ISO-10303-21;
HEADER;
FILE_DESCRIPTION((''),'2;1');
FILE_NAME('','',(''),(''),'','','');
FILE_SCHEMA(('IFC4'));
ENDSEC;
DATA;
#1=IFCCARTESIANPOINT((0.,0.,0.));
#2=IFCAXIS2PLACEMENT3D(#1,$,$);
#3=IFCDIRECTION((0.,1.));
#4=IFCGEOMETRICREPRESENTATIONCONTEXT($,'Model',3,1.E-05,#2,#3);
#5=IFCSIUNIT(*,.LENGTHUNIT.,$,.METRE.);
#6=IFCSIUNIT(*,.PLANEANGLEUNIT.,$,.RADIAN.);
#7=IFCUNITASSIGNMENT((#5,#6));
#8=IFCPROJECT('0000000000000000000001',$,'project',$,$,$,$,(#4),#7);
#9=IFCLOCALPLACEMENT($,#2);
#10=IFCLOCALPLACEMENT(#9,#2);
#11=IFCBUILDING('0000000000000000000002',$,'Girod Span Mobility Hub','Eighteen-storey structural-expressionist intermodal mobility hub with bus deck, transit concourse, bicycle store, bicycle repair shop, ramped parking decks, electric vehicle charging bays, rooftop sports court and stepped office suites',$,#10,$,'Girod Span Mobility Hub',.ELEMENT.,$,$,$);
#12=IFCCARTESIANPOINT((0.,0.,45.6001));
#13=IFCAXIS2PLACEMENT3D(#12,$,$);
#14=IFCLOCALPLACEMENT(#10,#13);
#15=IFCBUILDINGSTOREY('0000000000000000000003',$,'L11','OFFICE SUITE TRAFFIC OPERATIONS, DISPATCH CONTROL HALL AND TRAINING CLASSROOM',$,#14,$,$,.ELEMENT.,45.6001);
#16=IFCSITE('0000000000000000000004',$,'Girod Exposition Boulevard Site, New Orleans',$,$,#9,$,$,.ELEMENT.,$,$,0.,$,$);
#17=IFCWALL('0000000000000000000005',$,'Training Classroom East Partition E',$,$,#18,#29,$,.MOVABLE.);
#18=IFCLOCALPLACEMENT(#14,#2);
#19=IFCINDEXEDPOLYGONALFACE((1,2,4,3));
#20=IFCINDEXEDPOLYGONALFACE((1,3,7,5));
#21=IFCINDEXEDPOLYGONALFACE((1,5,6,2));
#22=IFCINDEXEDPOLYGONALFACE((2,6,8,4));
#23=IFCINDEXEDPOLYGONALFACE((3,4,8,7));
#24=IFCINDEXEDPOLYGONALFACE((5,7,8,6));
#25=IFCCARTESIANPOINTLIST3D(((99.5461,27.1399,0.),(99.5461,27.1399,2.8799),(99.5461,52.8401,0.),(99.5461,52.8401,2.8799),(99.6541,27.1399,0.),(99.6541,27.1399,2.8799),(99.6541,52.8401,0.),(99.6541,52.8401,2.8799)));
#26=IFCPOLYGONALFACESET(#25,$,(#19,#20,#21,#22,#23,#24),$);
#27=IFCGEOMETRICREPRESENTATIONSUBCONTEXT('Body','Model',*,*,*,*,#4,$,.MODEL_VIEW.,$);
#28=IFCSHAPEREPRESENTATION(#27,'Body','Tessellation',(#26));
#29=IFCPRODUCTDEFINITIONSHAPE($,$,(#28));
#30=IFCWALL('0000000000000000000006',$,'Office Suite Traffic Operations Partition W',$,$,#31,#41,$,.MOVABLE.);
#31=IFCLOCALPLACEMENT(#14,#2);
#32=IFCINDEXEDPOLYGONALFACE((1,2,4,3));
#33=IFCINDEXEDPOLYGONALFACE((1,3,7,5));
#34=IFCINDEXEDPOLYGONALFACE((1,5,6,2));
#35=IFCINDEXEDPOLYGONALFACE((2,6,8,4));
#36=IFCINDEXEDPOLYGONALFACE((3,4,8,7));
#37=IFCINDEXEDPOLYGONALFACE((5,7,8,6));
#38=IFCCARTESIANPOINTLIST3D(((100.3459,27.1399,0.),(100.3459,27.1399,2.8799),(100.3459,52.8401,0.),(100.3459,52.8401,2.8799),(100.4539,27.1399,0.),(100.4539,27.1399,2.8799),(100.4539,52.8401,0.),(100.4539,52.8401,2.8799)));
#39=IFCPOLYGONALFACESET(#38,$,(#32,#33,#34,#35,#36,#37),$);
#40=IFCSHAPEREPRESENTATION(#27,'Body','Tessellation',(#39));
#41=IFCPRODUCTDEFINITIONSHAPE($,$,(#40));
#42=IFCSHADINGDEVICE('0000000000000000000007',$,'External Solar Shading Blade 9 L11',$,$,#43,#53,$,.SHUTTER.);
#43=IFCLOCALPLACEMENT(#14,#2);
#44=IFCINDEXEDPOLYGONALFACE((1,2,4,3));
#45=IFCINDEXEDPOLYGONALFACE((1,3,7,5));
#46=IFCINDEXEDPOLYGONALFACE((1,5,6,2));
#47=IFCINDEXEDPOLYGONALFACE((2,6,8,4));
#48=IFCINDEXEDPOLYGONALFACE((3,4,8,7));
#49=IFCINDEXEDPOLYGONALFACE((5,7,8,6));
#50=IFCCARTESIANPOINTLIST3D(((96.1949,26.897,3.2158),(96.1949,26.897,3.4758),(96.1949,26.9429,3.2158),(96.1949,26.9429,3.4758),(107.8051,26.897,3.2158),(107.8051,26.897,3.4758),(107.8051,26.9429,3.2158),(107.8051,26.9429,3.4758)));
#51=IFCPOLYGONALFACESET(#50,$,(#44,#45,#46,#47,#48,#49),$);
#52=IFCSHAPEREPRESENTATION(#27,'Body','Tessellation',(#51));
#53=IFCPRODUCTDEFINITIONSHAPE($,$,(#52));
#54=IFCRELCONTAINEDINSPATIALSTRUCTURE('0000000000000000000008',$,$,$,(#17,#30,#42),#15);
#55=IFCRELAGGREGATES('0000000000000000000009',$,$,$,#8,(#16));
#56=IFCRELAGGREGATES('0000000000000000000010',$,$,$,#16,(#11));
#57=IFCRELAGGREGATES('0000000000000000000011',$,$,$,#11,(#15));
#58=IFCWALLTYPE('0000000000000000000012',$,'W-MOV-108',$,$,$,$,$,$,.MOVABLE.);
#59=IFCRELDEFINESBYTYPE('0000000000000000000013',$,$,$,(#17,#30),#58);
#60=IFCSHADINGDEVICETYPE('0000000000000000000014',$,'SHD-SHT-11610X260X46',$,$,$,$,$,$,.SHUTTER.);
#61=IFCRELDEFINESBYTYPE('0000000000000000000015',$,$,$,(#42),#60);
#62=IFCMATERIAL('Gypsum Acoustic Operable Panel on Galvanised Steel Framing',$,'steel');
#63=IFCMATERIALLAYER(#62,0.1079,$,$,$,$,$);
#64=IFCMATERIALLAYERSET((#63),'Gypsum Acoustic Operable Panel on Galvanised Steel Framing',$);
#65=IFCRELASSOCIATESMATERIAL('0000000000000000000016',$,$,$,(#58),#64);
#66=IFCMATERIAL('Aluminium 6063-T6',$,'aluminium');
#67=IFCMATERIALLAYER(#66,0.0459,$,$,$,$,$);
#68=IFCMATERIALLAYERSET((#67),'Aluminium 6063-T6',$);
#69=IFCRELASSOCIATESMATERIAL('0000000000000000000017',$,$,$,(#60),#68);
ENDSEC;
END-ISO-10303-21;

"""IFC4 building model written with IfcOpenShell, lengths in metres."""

from ifc_helpers import new_model, si_unit, direction, frame, frame_2d, origin, origin_2d, place, context, subcontext, project, spatial, rectangle, extrude, material, layer, layer_set, type_object, element, save


model = new_model("IFC4")

# Units and contexts
model_context = context("Model", 3, precision=1e-05, world=origin(), true_north=direction((0.0, 1.0)))
body_context = subcontext(model_context, "Body", "Model", "MODEL_VIEW")
ifc_project = project(units=[si_unit("LENGTHUNIT", "METRE"), si_unit("PLANEANGLEUNIT", "RADIAN")], contexts=[model_context])

# Site, building, storey
site_placement = place(None, origin())
site = spatial("IfcSite", under=ifc_project, at=site_placement, Name="Girod Exposition Boulevard Site, New Orleans", CompositionType="ELEMENT", RefElevation=0.0)
building_placement = place(site_placement, origin())
building = spatial("IfcBuilding", under=site, at=building_placement, Name="Girod Span Mobility Hub", Description="Eighteen-storey structural-expressionist intermodal mobility hub with bus deck, transit concourse, bicycle store, bicycle repair shop, ramped parking decks, electric vehicle charging bays, rooftop sports court and stepped office suites", LongName="Girod Span Mobility Hub", CompositionType="ELEMENT")
storey_placement = place(building_placement, frame((0.0, 0.0, 45.6001)))
storey = spatial("IfcBuildingStorey", under=building, at=storey_placement, Name="L11", Description="OFFICE SUITE TRAFFIC OPERATIONS, DISPATCH CONTROL HALL AND TRAINING CLASSROOM", CompositionType="ELEMENT", Elevation=45.6001)

# Walls
ifc_material_1 = material(Name="Gypsum Acoustic Operable Panel on Galvanised Steel Framing", Category="steel")
ifc_layer_1 = layer(ifc_material_1, 0.1079)
ifc_layer_set_1 = layer_set([ifc_layer_1], Name="Gypsum Acoustic Operable Panel on Galvanised Steel Framing")
wall_type = type_object("IfcWallType", Name="W-MOV-108", PredefinedType="MOVABLE", material=ifc_layer_set_1)
for number, where, z_axis, x_axis, name in (
    (1, (99.6001, 27.1399, 0.0), (0.0, 0.0, 1.0), (0.0, 1.0, 0.0), "Training Classroom East Partition E"),
    (2, (100.3999, 27.1399, 0.0), (0.0, 0.0, 1.0), (0.0, 1.0, 0.0), "Office Suite Traffic Operations Partition W"),
):
    element("IfcWall", number, at=place(storey_placement, frame(where, z_axis=z_axis, x_axis=x_axis)), inside=storey, type_object=wall_type, Name=name, PredefinedType="MOVABLE", context=body_context, shape_type="SweptSolid", body=[
        extrude(rectangle(XDim=25.7002, YDim=0.1079, at=frame_2d((12.8501, 0.0))), origin(), (0.0, 0.0, 1.0), 2.8799),
    ])

# Shading device
ifc_material_2 = material(Name="Aluminium 6063-T6", Category="aluminium")
ifc_layer_2 = layer(ifc_material_2, 0.0459)
ifc_layer_set_2 = layer_set([ifc_layer_2], Name="Aluminium 6063-T6")
shading_device_type = type_object("IfcShadingDeviceType", Name="SHD-SHT-11610X260X46", PredefinedType="SHUTTER", material=ifc_layer_set_2)
shading_device_placement = place(storey_placement, frame((102.0, 26.9199, 3.2158), z_axis=(0.0, 0.0, 1.0), x_axis=(1.0, 0.0, 0.0)))
element("IfcShadingDevice", 3, at=shading_device_placement, inside=storey, type_object=shading_device_type, Name="External Solar Shading Blade 9 L11", PredefinedType="SHUTTER", context=body_context, shape_type="SweptSolid", body=[
    extrude(rectangle(XDim=11.6101, YDim=0.0459, at=origin_2d()), origin(), (0.0, 0.0, 1.0), 0.26),
])

save(model, "model.ifc")
